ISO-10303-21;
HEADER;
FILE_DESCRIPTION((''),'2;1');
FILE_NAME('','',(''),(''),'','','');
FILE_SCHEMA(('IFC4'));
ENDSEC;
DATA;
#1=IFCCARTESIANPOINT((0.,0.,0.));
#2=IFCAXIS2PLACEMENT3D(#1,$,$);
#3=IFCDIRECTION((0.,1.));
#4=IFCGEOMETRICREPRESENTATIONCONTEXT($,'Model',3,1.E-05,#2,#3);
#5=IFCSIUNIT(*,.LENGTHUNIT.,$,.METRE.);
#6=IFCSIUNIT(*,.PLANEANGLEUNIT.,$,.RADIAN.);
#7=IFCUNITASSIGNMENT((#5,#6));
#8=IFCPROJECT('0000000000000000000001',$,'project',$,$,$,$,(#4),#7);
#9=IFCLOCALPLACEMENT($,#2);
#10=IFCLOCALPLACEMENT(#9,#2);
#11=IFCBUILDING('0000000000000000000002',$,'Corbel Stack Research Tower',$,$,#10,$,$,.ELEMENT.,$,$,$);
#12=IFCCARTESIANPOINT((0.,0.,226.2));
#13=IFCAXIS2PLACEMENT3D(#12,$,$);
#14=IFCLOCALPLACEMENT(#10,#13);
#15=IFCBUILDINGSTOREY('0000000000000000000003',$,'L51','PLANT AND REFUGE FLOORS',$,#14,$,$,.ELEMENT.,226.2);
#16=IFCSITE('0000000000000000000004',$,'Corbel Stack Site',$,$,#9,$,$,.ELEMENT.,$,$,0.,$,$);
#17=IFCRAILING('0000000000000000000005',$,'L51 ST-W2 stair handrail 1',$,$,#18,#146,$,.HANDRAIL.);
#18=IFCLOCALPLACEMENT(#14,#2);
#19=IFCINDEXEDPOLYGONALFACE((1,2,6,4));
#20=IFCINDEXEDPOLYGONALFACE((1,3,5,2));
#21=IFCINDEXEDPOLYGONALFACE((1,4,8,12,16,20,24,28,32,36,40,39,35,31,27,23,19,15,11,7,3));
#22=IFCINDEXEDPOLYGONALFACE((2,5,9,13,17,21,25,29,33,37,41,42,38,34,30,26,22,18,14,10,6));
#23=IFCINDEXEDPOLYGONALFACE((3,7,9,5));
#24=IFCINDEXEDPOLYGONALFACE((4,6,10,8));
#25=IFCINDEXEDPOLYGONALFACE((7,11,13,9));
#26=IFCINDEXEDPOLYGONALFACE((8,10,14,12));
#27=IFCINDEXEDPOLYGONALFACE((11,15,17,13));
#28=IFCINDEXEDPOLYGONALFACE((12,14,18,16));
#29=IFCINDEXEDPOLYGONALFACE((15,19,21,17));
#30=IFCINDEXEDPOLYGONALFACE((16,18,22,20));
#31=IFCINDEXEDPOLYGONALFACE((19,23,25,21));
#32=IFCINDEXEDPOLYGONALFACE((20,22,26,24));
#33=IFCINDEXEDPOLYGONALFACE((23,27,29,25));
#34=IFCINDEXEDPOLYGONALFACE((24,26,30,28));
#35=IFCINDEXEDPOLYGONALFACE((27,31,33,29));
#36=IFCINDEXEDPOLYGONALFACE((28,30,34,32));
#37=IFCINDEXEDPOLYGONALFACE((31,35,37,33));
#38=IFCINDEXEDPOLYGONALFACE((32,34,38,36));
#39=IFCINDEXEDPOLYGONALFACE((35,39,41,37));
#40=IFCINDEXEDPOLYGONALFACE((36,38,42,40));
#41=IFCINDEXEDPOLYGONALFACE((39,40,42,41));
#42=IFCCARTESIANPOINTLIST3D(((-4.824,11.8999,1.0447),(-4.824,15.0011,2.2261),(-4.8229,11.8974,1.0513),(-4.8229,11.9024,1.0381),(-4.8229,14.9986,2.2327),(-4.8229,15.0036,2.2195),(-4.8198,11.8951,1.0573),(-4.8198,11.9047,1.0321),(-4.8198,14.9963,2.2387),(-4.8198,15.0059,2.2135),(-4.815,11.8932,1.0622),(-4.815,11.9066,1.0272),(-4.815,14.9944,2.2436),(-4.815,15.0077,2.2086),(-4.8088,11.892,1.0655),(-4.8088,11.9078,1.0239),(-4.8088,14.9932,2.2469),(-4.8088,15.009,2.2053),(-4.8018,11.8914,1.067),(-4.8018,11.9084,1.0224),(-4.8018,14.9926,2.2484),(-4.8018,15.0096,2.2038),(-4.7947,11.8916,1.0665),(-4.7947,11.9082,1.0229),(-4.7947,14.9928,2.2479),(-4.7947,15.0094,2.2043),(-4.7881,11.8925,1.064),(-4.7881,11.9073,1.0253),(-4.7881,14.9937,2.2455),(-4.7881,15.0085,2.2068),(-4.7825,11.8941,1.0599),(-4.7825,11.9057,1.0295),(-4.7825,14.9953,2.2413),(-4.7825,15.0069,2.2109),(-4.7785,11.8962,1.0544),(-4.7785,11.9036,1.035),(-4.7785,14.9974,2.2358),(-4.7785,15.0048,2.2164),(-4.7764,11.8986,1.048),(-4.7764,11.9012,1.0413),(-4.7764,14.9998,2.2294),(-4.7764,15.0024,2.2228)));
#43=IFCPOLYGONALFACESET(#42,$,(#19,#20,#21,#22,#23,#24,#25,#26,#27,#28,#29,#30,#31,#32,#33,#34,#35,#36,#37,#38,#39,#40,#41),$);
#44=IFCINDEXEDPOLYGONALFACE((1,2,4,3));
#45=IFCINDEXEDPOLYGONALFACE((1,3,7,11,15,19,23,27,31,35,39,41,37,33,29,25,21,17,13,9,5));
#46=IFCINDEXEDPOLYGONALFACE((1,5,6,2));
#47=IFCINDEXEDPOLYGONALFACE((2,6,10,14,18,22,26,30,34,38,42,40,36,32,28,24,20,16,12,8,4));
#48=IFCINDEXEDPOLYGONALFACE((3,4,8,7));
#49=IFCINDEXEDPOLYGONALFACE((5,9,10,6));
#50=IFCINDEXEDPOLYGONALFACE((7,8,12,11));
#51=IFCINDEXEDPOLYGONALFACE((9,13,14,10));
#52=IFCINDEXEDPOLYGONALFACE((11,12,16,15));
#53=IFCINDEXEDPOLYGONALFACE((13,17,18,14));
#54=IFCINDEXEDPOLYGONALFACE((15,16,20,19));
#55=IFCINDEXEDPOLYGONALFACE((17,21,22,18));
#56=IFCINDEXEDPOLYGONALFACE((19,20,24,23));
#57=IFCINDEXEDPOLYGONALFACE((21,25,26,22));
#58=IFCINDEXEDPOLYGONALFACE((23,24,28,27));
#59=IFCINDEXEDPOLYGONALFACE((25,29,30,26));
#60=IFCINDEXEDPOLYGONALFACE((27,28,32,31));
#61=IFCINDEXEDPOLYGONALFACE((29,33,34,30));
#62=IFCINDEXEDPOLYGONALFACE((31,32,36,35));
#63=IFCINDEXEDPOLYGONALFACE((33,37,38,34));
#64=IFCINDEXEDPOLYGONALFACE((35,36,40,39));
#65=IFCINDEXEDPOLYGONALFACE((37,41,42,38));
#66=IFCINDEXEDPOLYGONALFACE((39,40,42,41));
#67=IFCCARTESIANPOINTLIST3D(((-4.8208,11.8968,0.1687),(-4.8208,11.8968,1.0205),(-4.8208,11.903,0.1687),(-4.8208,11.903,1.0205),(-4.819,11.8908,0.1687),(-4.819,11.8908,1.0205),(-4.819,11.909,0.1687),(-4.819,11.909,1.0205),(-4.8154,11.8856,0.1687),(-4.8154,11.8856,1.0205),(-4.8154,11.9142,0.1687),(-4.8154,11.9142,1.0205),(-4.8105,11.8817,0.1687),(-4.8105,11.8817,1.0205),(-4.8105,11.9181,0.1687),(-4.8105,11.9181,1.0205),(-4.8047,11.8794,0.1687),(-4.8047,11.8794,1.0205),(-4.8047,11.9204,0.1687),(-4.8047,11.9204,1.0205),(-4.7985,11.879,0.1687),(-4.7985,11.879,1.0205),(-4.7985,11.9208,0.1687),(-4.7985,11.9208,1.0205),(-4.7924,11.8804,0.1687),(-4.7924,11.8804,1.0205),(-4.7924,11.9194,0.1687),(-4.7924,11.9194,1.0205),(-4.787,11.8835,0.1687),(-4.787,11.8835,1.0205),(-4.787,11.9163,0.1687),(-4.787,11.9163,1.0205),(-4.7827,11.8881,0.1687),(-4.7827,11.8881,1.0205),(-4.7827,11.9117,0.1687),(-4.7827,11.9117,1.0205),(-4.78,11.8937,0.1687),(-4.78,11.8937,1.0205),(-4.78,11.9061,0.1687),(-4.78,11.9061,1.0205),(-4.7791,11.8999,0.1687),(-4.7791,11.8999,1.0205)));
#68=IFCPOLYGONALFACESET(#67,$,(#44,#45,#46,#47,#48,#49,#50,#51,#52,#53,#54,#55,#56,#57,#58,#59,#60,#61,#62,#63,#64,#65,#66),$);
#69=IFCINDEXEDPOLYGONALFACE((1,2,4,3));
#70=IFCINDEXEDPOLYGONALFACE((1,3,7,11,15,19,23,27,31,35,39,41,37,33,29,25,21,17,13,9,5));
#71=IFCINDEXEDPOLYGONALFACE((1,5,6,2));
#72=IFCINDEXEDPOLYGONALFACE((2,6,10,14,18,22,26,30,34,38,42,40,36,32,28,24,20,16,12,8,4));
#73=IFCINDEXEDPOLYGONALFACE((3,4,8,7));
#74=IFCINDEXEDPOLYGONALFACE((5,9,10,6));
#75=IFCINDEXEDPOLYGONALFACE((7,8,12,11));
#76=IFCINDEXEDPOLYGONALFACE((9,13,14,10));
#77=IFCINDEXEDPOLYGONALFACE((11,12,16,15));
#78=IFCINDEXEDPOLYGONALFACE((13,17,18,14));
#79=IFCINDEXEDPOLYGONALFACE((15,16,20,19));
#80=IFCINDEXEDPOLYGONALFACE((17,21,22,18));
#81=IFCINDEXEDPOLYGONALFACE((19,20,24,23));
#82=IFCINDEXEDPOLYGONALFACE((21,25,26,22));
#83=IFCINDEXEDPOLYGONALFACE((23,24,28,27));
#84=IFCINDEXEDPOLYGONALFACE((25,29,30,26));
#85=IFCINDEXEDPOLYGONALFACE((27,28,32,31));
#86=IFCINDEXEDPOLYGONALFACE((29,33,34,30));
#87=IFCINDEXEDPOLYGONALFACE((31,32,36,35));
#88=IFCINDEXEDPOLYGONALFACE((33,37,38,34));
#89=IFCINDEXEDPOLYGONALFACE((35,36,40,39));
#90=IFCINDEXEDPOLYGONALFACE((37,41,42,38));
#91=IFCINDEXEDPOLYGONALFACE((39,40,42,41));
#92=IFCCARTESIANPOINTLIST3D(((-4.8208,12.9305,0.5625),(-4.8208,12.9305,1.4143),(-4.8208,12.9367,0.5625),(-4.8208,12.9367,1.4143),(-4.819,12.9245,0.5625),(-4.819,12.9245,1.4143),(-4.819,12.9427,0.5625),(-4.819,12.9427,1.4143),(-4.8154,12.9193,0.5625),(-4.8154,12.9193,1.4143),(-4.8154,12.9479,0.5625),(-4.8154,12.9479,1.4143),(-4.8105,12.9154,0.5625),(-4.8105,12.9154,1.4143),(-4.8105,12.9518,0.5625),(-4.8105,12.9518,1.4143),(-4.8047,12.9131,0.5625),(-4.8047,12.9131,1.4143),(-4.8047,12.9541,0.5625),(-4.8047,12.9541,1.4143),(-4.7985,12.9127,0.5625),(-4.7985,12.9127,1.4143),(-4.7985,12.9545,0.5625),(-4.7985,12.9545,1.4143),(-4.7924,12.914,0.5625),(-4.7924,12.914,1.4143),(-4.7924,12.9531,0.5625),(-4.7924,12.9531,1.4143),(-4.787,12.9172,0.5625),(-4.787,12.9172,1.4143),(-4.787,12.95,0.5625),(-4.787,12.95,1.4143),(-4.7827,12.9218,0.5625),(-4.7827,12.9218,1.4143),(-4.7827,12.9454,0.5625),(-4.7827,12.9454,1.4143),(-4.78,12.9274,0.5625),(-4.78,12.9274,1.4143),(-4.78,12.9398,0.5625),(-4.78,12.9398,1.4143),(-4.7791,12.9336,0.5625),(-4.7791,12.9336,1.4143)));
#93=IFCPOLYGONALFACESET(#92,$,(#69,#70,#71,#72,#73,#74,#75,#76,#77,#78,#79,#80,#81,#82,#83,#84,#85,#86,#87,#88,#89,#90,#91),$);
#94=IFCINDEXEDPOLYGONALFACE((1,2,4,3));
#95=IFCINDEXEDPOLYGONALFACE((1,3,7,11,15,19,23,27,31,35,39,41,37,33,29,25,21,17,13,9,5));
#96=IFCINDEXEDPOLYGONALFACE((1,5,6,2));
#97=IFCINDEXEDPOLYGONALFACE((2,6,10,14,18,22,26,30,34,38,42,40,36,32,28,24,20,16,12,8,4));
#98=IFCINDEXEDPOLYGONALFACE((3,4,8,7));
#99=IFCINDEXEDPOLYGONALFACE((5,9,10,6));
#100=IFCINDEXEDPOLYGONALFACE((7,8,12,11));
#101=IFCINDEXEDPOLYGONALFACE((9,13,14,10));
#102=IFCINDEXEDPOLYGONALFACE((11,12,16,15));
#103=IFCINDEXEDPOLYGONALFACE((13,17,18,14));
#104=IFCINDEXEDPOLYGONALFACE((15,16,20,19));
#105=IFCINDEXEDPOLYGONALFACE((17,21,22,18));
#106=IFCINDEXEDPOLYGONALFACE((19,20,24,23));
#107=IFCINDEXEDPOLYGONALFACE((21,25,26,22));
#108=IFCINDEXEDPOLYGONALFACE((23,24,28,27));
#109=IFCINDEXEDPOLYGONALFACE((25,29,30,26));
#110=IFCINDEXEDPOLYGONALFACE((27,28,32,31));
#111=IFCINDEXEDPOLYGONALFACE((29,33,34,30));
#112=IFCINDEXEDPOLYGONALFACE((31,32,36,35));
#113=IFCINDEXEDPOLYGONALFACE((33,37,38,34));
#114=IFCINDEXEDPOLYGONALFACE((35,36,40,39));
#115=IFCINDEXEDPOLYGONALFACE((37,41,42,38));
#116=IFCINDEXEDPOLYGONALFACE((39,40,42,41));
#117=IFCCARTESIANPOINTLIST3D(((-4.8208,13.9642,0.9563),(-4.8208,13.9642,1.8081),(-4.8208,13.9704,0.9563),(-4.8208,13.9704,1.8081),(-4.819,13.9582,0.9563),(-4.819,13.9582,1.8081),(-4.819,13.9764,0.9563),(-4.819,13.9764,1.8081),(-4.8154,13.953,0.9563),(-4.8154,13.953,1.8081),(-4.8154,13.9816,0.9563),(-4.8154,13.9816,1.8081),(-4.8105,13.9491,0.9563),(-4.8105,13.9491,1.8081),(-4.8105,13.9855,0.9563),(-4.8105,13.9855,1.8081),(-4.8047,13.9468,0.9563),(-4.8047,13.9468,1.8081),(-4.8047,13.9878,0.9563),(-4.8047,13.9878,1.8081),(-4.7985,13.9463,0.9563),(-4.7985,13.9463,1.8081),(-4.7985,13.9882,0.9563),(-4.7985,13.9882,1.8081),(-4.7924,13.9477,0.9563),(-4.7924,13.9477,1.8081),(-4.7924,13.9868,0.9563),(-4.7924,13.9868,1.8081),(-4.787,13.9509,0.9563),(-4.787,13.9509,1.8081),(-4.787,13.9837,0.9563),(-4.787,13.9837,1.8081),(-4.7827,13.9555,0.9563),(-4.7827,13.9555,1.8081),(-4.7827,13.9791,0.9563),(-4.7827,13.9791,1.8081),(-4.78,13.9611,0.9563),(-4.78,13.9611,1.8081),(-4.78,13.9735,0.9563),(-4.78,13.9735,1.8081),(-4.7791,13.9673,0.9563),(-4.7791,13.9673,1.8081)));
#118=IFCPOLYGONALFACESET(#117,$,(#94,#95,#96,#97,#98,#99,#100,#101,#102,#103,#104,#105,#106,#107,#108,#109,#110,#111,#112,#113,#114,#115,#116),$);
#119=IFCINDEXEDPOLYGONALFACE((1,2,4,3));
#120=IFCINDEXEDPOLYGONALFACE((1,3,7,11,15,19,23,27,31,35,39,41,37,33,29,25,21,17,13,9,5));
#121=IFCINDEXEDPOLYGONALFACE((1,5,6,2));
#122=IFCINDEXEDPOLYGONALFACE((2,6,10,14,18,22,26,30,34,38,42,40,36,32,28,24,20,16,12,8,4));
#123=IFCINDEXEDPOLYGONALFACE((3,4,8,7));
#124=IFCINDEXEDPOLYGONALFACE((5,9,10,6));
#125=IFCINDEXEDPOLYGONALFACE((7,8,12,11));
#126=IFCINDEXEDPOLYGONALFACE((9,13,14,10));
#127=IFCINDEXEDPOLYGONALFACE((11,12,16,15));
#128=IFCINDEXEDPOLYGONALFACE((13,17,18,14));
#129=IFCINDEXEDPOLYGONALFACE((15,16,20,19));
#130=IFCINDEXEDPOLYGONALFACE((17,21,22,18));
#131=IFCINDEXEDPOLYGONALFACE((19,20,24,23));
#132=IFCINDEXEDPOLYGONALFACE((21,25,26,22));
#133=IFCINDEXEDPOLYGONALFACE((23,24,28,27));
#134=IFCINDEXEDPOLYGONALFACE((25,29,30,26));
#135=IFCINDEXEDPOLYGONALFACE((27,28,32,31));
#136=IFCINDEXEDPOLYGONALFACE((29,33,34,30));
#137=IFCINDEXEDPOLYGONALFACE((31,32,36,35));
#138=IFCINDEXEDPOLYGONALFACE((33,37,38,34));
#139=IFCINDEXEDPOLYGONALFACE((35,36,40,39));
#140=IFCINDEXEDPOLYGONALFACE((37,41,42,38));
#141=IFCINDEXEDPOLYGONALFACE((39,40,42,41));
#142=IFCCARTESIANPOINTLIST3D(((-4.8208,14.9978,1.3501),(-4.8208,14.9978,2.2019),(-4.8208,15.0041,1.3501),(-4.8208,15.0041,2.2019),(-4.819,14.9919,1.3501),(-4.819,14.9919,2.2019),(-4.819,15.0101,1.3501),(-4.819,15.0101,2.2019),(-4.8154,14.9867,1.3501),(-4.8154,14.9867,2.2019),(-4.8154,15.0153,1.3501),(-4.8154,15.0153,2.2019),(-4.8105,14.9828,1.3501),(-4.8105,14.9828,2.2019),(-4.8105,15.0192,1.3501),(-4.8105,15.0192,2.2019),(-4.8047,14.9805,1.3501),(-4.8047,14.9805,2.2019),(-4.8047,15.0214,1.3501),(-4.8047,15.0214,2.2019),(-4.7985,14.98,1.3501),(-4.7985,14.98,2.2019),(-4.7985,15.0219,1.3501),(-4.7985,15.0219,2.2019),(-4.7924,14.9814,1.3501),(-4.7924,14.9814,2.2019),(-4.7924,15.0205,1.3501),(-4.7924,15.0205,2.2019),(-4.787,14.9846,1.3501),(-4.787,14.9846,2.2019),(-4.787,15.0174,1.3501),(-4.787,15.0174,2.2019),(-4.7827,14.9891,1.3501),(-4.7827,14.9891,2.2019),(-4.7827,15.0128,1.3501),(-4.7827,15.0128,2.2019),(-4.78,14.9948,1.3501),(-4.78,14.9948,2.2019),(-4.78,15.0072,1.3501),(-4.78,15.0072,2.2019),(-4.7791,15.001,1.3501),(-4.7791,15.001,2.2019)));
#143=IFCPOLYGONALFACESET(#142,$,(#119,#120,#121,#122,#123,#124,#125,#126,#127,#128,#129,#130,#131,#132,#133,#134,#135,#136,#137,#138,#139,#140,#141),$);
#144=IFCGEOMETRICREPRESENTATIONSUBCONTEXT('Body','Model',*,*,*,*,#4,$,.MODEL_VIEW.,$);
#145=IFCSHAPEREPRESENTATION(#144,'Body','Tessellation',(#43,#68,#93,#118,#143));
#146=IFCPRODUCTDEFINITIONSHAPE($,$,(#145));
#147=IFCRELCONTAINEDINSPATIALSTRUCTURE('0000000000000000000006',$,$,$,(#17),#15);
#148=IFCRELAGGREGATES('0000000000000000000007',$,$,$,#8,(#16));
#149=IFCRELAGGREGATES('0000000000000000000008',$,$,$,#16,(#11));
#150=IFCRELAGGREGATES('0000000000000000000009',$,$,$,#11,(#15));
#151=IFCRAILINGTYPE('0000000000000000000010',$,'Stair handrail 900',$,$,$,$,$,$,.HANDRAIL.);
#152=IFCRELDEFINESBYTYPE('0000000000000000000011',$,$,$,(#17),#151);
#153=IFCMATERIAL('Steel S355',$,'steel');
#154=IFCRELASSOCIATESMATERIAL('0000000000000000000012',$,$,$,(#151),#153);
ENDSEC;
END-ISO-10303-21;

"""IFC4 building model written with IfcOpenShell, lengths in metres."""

from ifc_helpers import new_model, si_unit, direction, frame, origin, origin_2d, place, context, subcontext, project, spatial, circle, extrude, material, type_object, element, save


model = new_model("IFC4")

# Units and contexts
model_context = context("Model", 3, precision=1e-05, world=origin(), true_north=direction((0.0, 1.0)))
body_context = subcontext(model_context, "Body", "Model", "MODEL_VIEW")
ifc_project = project(units=[si_unit("LENGTHUNIT", "METRE"), si_unit("PLANEANGLEUNIT", "RADIAN")], contexts=[model_context])

# Site, building, storey
site_placement = place(None, origin())
site = spatial("IfcSite", under=ifc_project, at=site_placement, Name="Corbel Stack Site", CompositionType="ELEMENT", RefElevation=0.0)
building_placement = place(site_placement, origin())
building = spatial("IfcBuilding", under=site, at=building_placement, Name="Corbel Stack Research Tower", CompositionType="ELEMENT")
storey_placement = place(building_placement, frame((0.0, 0.0, 226.2)))
storey = spatial("IfcBuildingStorey", under=building, at=storey_placement, Name="L51", Description="PLANT AND REFUGE FLOORS", CompositionType="ELEMENT", Elevation=226.2)

# Railing
ifc_material_1 = material(Name="Steel S355", Category="steel")
railing_type_1 = type_object("IfcRailingType", Name="Stair handrail 900", PredefinedType="HANDRAIL", material=ifc_material_1)
railing_1_placement = place(storey_placement, frame((-4.8, 11.8999, 0.1687)))
element("IfcRailing", 1, at=railing_1_placement, inside=storey, type_object=railing_type_1, Name="L51 ST-W2 stair handrail 1", PredefinedType="HANDRAIL", context=body_context, shape_type="SweptSolid", body=[
    extrude(circle(Radius=0.0239, at=origin_2d()), frame((0.0, 0.0, 0.876), z_axis=(0.0, 0.934484, 0.356005), x_axis=(-1.0, 0.0, 0.0)), (0.0, 0.0, 1.0), 3.3186),
    extrude(circle(Radius=0.021, at=origin_2d()), origin(), (0.0, 0.0, 1.0), 0.8518),
    extrude(circle(Radius=0.021, at=origin_2d()), frame((0.0, 1.0337, 0.3938)), (0.0, 0.0, 1.0), 0.8518),
    extrude(circle(Radius=0.021, at=origin_2d()), frame((0.0, 2.0674, 0.7876)), (0.0, 0.0, 1.0), 0.8518),
    extrude(circle(Radius=0.021, at=origin_2d()), frame((0.0, 3.1011, 1.1814)), (0.0, 0.0, 1.0), 0.8518),
])

save(model, "model.ifc")
